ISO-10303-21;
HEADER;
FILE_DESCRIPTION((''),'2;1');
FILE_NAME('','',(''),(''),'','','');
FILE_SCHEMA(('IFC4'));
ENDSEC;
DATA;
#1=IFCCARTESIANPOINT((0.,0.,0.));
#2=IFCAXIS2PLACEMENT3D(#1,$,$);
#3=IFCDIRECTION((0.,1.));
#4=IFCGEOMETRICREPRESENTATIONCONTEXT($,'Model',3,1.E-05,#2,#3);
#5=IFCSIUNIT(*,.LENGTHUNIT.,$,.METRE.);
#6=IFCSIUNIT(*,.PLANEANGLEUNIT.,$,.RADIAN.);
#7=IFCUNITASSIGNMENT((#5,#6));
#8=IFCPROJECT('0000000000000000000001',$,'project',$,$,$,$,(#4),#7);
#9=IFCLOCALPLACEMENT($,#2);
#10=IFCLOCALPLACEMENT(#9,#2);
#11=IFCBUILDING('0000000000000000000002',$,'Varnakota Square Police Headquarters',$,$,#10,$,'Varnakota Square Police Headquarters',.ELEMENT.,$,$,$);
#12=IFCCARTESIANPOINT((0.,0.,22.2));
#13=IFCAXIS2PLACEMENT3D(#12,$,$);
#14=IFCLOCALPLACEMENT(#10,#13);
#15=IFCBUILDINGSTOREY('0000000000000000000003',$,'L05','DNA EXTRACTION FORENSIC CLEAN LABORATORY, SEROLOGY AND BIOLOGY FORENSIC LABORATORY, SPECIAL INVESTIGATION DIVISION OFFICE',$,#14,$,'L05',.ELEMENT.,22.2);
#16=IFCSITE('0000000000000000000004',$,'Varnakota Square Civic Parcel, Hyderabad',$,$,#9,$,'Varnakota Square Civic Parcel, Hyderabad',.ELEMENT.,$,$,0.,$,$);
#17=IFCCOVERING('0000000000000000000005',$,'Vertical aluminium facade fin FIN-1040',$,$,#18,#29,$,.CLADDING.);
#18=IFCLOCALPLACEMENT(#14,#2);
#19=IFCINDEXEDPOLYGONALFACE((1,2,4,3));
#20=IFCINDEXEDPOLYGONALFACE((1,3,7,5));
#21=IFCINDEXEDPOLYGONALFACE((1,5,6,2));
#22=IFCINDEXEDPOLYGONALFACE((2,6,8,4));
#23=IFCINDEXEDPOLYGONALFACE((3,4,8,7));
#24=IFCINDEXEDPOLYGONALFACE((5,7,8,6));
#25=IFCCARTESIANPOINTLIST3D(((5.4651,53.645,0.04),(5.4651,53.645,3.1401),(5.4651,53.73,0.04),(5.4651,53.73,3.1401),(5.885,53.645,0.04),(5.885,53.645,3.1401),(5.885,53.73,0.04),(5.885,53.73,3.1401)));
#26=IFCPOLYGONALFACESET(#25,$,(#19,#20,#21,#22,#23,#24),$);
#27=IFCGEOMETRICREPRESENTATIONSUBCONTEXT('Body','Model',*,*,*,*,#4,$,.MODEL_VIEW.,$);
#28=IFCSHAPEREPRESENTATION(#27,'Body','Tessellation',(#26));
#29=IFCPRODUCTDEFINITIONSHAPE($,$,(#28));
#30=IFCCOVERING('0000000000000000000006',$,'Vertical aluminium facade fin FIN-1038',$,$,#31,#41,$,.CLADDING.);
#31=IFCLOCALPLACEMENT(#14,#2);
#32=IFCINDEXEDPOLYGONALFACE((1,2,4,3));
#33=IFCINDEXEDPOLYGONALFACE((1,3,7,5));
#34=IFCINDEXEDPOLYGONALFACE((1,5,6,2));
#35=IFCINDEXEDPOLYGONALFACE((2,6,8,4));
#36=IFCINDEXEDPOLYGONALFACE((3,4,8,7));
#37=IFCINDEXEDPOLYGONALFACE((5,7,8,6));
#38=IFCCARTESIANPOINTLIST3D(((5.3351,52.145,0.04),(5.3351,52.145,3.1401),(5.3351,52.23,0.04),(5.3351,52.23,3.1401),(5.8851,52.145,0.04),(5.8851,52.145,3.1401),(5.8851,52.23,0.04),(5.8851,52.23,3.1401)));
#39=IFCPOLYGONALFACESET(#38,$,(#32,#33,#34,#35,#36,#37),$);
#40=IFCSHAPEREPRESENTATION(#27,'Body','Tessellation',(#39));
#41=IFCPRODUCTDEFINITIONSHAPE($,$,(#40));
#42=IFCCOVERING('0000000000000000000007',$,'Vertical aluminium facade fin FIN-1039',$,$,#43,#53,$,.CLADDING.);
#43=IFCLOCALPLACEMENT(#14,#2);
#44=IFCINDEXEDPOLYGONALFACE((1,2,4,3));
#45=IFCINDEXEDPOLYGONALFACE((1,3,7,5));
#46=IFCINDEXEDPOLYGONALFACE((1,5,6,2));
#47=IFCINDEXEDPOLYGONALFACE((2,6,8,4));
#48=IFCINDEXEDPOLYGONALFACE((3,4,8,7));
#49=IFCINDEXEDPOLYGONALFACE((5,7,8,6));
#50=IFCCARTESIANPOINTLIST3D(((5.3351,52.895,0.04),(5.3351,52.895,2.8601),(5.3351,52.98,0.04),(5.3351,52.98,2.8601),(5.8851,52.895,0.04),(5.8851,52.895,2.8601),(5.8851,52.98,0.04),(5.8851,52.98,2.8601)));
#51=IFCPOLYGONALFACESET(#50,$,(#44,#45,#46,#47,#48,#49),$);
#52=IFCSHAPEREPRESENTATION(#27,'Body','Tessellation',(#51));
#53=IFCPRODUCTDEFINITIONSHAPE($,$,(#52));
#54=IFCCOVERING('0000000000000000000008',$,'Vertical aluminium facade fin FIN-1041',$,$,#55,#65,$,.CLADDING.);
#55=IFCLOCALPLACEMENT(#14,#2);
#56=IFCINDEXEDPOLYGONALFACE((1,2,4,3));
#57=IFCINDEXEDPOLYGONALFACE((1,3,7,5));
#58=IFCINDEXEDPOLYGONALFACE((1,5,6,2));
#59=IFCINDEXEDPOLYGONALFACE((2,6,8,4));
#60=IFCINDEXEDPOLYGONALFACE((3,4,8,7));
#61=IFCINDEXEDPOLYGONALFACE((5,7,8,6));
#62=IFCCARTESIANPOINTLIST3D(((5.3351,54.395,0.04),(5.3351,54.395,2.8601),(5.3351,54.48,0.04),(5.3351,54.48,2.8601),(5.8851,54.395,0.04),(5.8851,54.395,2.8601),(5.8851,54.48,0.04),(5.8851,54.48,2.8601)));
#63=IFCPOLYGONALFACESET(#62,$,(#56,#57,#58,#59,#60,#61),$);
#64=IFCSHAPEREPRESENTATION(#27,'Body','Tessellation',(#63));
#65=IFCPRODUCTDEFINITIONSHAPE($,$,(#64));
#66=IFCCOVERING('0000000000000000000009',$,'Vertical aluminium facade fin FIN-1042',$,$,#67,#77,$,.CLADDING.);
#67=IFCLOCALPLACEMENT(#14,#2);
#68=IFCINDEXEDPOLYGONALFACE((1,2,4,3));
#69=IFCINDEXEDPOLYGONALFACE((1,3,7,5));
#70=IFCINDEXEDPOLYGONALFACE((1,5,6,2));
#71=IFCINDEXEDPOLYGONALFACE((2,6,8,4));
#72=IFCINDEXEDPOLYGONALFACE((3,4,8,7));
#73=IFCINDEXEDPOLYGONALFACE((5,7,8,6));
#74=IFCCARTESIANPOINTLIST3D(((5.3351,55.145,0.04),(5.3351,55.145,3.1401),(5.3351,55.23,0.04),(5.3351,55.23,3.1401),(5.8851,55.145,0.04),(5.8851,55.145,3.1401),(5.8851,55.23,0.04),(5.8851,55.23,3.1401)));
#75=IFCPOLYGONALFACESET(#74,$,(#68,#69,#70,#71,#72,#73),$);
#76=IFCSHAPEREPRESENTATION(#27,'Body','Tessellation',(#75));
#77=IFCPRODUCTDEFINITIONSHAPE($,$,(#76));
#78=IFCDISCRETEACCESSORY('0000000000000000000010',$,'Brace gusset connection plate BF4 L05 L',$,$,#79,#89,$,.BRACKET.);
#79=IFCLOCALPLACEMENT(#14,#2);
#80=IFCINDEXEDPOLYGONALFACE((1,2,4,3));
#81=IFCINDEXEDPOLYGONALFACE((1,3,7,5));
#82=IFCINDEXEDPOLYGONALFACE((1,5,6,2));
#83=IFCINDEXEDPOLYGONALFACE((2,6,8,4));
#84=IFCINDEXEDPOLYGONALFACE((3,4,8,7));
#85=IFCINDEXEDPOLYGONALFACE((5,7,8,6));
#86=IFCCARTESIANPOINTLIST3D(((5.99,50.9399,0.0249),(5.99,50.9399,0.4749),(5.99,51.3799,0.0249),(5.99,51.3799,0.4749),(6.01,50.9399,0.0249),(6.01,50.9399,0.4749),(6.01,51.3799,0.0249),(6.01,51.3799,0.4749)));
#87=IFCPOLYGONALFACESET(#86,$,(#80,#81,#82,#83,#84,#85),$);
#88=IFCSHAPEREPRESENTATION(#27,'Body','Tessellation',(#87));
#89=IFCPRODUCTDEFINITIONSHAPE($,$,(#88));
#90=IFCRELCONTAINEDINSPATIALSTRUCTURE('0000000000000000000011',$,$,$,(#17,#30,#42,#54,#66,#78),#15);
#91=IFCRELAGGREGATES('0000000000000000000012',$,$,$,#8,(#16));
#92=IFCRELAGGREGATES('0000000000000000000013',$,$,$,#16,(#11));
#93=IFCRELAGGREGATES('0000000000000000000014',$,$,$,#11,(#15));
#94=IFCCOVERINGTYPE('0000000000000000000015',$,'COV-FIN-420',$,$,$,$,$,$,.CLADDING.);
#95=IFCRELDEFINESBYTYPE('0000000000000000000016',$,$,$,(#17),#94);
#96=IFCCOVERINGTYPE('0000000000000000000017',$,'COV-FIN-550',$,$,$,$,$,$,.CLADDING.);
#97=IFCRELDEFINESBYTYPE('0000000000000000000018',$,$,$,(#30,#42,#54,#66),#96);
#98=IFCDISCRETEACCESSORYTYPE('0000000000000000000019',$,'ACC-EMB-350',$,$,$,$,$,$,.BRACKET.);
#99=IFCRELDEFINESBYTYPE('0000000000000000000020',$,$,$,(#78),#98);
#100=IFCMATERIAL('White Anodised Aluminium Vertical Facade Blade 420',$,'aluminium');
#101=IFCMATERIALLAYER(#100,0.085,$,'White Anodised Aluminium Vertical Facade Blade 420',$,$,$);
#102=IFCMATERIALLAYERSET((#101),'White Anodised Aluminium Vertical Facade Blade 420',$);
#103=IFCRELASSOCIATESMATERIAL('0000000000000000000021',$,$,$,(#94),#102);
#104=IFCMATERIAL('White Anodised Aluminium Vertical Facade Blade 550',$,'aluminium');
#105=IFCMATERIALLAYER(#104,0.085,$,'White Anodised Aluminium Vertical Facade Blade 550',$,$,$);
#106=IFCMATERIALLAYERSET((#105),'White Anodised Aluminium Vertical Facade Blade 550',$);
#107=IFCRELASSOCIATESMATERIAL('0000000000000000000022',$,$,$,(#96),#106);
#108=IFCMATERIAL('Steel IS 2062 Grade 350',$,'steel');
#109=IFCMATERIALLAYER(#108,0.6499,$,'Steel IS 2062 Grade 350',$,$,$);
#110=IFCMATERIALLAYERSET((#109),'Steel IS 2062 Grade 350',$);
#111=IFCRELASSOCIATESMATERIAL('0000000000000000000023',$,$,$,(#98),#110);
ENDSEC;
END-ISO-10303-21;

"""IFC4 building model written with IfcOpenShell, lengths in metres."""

from ifc_helpers import new_model, si_unit, direction, frame, origin, origin_2d, place, context, subcontext, project, spatial, rectangle, extrude, material, layer, layer_set, type_object, element, save


model = new_model("IFC4")

# Units and contexts
model_context = context("Model", 3, precision=1e-05, world=origin(), true_north=direction((0.0, 1.0)))
body_context = subcontext(model_context, "Body", "Model", "MODEL_VIEW")
ifc_project = project(units=[si_unit("LENGTHUNIT", "METRE"), si_unit("PLANEANGLEUNIT", "RADIAN")], contexts=[model_context])

# Site, building, storey
site_placement = place(None, origin())
site = spatial("IfcSite", under=ifc_project, at=site_placement, Name="Varnakota Square Civic Parcel, Hyderabad", LongName="Varnakota Square Civic Parcel, Hyderabad", CompositionType="ELEMENT", RefElevation=0.0)
building_placement = place(site_placement, origin())
building = spatial("IfcBuilding", under=site, at=building_placement, Name="Varnakota Square Police Headquarters", LongName="Varnakota Square Police Headquarters", CompositionType="ELEMENT")
storey_placement = place(building_placement, frame((0.0, 0.0, 22.2)))
storey = spatial("IfcBuildingStorey", under=building, at=storey_placement, Name="L05", Description="DNA EXTRACTION FORENSIC CLEAN LABORATORY, SEROLOGY AND BIOLOGY FORENSIC LABORATORY, SPECIAL INVESTIGATION DIVISION OFFICE", LongName="L05", CompositionType="ELEMENT", Elevation=22.2)

# Shared definitions
ifc_material_1 = material(Name="Steel IS 2062 Grade 350", Category="steel")

# Coverings
ifc_material_2 = material(Name="White Anodised Aluminium Vertical Facade Blade 420", Category="aluminium")
ifc_layer_1 = layer(ifc_material_2, 0.085, Name="White Anodised Aluminium Vertical Facade Blade 420")
ifc_layer_set_1 = layer_set([ifc_layer_1], Name="White Anodised Aluminium Vertical Facade Blade 420")
covering_type_1 = type_object("IfcCoveringType", Name="COV-FIN-420", PredefinedType="CLADDING", material=ifc_layer_set_1)
covering_1_placement = place(storey_placement, frame((5.675, 53.6875, 0.04), z_axis=(0.0, 0.0, 1.0), x_axis=(0.0, 1.0, 0.0)))
element("IfcCovering", 1, at=covering_1_placement, inside=storey, type_object=covering_type_1, Name="Vertical aluminium facade fin FIN-1040", PredefinedType="CLADDING", context=body_context, shape_type="SweptSolid", body=[
    extrude(rectangle(XDim=0.085, YDim=0.4199, at=origin_2d()), origin(), (0.0, 0.0, 1.0), 3.1001),
])
ifc_material_3 = material(Name="White Anodised Aluminium Vertical Facade Blade 550", Category="aluminium")
ifc_layer_2 = layer(ifc_material_3, 0.085, Name="White Anodised Aluminium Vertical Facade Blade 550")
ifc_layer_set_2 = layer_set([ifc_layer_2], Name="White Anodised Aluminium Vertical Facade Blade 550")
covering_type_2 = type_object("IfcCoveringType", Name="COV-FIN-550", PredefinedType="CLADDING", material=ifc_layer_set_2)
covering_2_placement = place(storey_placement, frame((5.6101, 52.1875, 0.04), z_axis=(0.0, 0.0, 1.0), x_axis=(0.0, 1.0, 0.0)))
element("IfcCovering", 2, at=covering_2_placement, inside=storey, type_object=covering_type_2, Name="Vertical aluminium facade fin FIN-1038", PredefinedType="CLADDING", context=body_context, shape_type="SweptSolid", body=[
    extrude(rectangle(XDim=0.085, YDim=0.55, at=origin_2d()), origin(), (0.0, 0.0, 1.0), 3.1001),
])
for number, where, z_axis, x_axis, name in (
    (3, (5.6101, 52.9375, 0.04), (0.0, 0.0, 1.0), (0.0, 1.0, 0.0), "Vertical aluminium facade fin FIN-1039"),
    (4, (5.6101, 54.4375, 0.04), (0.0, 0.0, 1.0), (0.0, 1.0, 0.0), "Vertical aluminium facade fin FIN-1041"),
):
    element("IfcCovering", number, at=place(storey_placement, frame(where, z_axis=z_axis, x_axis=x_axis)), inside=storey, type_object=covering_type_2, Name=name, PredefinedType="CLADDING", context=body_context, shape_type="SweptSolid", body=[
        extrude(rectangle(XDim=0.085, YDim=0.55, at=origin_2d()), origin(), (0.0, 0.0, 1.0), 2.8201),
    ])
covering_3_placement = place(storey_placement, frame((5.6101, 55.1875, 0.04), z_axis=(0.0, 0.0, 1.0), x_axis=(0.0, 1.0, 0.0)))
element("IfcCovering", 5, at=covering_3_placement, inside=storey, type_object=covering_type_2, Name="Vertical aluminium facade fin FIN-1042", PredefinedType="CLADDING", context=body_context, shape_type="SweptSolid", body=[
    extrude(rectangle(XDim=0.085, YDim=0.55, at=origin_2d()), origin(), (0.0, 0.0, 1.0), 3.1001),
])

# Discrete accessory
ifc_layer_3 = layer(ifc_material_1, 0.6499, Name="Steel IS 2062 Grade 350")
ifc_layer_set_3 = layer_set([ifc_layer_3], Name="Steel IS 2062 Grade 350")
discrete_accessory_type = type_object("IfcDiscreteAccessoryType", Name="ACC-EMB-350", PredefinedType="BRACKET", material=ifc_layer_set_3)
discrete_accessory_placement = place(storey_placement, frame((6.0, 51.1599, 0.0249), z_axis=(0.0, 0.0, 1.0), x_axis=(0.0, 1.0, 0.0)))
element("IfcDiscreteAccessory", 6, at=discrete_accessory_placement, inside=storey, type_object=discrete_accessory_type, Name="Brace gusset connection plate BF4 L05 L", PredefinedType="BRACKET", context=body_context, shape_type="SweptSolid", body=[
    extrude(rectangle(XDim=0.4399, YDim=0.02, at=origin_2d()), origin(), (0.0, 0.0, 1.0), 0.45),
])

save(model, "model.ifc")
